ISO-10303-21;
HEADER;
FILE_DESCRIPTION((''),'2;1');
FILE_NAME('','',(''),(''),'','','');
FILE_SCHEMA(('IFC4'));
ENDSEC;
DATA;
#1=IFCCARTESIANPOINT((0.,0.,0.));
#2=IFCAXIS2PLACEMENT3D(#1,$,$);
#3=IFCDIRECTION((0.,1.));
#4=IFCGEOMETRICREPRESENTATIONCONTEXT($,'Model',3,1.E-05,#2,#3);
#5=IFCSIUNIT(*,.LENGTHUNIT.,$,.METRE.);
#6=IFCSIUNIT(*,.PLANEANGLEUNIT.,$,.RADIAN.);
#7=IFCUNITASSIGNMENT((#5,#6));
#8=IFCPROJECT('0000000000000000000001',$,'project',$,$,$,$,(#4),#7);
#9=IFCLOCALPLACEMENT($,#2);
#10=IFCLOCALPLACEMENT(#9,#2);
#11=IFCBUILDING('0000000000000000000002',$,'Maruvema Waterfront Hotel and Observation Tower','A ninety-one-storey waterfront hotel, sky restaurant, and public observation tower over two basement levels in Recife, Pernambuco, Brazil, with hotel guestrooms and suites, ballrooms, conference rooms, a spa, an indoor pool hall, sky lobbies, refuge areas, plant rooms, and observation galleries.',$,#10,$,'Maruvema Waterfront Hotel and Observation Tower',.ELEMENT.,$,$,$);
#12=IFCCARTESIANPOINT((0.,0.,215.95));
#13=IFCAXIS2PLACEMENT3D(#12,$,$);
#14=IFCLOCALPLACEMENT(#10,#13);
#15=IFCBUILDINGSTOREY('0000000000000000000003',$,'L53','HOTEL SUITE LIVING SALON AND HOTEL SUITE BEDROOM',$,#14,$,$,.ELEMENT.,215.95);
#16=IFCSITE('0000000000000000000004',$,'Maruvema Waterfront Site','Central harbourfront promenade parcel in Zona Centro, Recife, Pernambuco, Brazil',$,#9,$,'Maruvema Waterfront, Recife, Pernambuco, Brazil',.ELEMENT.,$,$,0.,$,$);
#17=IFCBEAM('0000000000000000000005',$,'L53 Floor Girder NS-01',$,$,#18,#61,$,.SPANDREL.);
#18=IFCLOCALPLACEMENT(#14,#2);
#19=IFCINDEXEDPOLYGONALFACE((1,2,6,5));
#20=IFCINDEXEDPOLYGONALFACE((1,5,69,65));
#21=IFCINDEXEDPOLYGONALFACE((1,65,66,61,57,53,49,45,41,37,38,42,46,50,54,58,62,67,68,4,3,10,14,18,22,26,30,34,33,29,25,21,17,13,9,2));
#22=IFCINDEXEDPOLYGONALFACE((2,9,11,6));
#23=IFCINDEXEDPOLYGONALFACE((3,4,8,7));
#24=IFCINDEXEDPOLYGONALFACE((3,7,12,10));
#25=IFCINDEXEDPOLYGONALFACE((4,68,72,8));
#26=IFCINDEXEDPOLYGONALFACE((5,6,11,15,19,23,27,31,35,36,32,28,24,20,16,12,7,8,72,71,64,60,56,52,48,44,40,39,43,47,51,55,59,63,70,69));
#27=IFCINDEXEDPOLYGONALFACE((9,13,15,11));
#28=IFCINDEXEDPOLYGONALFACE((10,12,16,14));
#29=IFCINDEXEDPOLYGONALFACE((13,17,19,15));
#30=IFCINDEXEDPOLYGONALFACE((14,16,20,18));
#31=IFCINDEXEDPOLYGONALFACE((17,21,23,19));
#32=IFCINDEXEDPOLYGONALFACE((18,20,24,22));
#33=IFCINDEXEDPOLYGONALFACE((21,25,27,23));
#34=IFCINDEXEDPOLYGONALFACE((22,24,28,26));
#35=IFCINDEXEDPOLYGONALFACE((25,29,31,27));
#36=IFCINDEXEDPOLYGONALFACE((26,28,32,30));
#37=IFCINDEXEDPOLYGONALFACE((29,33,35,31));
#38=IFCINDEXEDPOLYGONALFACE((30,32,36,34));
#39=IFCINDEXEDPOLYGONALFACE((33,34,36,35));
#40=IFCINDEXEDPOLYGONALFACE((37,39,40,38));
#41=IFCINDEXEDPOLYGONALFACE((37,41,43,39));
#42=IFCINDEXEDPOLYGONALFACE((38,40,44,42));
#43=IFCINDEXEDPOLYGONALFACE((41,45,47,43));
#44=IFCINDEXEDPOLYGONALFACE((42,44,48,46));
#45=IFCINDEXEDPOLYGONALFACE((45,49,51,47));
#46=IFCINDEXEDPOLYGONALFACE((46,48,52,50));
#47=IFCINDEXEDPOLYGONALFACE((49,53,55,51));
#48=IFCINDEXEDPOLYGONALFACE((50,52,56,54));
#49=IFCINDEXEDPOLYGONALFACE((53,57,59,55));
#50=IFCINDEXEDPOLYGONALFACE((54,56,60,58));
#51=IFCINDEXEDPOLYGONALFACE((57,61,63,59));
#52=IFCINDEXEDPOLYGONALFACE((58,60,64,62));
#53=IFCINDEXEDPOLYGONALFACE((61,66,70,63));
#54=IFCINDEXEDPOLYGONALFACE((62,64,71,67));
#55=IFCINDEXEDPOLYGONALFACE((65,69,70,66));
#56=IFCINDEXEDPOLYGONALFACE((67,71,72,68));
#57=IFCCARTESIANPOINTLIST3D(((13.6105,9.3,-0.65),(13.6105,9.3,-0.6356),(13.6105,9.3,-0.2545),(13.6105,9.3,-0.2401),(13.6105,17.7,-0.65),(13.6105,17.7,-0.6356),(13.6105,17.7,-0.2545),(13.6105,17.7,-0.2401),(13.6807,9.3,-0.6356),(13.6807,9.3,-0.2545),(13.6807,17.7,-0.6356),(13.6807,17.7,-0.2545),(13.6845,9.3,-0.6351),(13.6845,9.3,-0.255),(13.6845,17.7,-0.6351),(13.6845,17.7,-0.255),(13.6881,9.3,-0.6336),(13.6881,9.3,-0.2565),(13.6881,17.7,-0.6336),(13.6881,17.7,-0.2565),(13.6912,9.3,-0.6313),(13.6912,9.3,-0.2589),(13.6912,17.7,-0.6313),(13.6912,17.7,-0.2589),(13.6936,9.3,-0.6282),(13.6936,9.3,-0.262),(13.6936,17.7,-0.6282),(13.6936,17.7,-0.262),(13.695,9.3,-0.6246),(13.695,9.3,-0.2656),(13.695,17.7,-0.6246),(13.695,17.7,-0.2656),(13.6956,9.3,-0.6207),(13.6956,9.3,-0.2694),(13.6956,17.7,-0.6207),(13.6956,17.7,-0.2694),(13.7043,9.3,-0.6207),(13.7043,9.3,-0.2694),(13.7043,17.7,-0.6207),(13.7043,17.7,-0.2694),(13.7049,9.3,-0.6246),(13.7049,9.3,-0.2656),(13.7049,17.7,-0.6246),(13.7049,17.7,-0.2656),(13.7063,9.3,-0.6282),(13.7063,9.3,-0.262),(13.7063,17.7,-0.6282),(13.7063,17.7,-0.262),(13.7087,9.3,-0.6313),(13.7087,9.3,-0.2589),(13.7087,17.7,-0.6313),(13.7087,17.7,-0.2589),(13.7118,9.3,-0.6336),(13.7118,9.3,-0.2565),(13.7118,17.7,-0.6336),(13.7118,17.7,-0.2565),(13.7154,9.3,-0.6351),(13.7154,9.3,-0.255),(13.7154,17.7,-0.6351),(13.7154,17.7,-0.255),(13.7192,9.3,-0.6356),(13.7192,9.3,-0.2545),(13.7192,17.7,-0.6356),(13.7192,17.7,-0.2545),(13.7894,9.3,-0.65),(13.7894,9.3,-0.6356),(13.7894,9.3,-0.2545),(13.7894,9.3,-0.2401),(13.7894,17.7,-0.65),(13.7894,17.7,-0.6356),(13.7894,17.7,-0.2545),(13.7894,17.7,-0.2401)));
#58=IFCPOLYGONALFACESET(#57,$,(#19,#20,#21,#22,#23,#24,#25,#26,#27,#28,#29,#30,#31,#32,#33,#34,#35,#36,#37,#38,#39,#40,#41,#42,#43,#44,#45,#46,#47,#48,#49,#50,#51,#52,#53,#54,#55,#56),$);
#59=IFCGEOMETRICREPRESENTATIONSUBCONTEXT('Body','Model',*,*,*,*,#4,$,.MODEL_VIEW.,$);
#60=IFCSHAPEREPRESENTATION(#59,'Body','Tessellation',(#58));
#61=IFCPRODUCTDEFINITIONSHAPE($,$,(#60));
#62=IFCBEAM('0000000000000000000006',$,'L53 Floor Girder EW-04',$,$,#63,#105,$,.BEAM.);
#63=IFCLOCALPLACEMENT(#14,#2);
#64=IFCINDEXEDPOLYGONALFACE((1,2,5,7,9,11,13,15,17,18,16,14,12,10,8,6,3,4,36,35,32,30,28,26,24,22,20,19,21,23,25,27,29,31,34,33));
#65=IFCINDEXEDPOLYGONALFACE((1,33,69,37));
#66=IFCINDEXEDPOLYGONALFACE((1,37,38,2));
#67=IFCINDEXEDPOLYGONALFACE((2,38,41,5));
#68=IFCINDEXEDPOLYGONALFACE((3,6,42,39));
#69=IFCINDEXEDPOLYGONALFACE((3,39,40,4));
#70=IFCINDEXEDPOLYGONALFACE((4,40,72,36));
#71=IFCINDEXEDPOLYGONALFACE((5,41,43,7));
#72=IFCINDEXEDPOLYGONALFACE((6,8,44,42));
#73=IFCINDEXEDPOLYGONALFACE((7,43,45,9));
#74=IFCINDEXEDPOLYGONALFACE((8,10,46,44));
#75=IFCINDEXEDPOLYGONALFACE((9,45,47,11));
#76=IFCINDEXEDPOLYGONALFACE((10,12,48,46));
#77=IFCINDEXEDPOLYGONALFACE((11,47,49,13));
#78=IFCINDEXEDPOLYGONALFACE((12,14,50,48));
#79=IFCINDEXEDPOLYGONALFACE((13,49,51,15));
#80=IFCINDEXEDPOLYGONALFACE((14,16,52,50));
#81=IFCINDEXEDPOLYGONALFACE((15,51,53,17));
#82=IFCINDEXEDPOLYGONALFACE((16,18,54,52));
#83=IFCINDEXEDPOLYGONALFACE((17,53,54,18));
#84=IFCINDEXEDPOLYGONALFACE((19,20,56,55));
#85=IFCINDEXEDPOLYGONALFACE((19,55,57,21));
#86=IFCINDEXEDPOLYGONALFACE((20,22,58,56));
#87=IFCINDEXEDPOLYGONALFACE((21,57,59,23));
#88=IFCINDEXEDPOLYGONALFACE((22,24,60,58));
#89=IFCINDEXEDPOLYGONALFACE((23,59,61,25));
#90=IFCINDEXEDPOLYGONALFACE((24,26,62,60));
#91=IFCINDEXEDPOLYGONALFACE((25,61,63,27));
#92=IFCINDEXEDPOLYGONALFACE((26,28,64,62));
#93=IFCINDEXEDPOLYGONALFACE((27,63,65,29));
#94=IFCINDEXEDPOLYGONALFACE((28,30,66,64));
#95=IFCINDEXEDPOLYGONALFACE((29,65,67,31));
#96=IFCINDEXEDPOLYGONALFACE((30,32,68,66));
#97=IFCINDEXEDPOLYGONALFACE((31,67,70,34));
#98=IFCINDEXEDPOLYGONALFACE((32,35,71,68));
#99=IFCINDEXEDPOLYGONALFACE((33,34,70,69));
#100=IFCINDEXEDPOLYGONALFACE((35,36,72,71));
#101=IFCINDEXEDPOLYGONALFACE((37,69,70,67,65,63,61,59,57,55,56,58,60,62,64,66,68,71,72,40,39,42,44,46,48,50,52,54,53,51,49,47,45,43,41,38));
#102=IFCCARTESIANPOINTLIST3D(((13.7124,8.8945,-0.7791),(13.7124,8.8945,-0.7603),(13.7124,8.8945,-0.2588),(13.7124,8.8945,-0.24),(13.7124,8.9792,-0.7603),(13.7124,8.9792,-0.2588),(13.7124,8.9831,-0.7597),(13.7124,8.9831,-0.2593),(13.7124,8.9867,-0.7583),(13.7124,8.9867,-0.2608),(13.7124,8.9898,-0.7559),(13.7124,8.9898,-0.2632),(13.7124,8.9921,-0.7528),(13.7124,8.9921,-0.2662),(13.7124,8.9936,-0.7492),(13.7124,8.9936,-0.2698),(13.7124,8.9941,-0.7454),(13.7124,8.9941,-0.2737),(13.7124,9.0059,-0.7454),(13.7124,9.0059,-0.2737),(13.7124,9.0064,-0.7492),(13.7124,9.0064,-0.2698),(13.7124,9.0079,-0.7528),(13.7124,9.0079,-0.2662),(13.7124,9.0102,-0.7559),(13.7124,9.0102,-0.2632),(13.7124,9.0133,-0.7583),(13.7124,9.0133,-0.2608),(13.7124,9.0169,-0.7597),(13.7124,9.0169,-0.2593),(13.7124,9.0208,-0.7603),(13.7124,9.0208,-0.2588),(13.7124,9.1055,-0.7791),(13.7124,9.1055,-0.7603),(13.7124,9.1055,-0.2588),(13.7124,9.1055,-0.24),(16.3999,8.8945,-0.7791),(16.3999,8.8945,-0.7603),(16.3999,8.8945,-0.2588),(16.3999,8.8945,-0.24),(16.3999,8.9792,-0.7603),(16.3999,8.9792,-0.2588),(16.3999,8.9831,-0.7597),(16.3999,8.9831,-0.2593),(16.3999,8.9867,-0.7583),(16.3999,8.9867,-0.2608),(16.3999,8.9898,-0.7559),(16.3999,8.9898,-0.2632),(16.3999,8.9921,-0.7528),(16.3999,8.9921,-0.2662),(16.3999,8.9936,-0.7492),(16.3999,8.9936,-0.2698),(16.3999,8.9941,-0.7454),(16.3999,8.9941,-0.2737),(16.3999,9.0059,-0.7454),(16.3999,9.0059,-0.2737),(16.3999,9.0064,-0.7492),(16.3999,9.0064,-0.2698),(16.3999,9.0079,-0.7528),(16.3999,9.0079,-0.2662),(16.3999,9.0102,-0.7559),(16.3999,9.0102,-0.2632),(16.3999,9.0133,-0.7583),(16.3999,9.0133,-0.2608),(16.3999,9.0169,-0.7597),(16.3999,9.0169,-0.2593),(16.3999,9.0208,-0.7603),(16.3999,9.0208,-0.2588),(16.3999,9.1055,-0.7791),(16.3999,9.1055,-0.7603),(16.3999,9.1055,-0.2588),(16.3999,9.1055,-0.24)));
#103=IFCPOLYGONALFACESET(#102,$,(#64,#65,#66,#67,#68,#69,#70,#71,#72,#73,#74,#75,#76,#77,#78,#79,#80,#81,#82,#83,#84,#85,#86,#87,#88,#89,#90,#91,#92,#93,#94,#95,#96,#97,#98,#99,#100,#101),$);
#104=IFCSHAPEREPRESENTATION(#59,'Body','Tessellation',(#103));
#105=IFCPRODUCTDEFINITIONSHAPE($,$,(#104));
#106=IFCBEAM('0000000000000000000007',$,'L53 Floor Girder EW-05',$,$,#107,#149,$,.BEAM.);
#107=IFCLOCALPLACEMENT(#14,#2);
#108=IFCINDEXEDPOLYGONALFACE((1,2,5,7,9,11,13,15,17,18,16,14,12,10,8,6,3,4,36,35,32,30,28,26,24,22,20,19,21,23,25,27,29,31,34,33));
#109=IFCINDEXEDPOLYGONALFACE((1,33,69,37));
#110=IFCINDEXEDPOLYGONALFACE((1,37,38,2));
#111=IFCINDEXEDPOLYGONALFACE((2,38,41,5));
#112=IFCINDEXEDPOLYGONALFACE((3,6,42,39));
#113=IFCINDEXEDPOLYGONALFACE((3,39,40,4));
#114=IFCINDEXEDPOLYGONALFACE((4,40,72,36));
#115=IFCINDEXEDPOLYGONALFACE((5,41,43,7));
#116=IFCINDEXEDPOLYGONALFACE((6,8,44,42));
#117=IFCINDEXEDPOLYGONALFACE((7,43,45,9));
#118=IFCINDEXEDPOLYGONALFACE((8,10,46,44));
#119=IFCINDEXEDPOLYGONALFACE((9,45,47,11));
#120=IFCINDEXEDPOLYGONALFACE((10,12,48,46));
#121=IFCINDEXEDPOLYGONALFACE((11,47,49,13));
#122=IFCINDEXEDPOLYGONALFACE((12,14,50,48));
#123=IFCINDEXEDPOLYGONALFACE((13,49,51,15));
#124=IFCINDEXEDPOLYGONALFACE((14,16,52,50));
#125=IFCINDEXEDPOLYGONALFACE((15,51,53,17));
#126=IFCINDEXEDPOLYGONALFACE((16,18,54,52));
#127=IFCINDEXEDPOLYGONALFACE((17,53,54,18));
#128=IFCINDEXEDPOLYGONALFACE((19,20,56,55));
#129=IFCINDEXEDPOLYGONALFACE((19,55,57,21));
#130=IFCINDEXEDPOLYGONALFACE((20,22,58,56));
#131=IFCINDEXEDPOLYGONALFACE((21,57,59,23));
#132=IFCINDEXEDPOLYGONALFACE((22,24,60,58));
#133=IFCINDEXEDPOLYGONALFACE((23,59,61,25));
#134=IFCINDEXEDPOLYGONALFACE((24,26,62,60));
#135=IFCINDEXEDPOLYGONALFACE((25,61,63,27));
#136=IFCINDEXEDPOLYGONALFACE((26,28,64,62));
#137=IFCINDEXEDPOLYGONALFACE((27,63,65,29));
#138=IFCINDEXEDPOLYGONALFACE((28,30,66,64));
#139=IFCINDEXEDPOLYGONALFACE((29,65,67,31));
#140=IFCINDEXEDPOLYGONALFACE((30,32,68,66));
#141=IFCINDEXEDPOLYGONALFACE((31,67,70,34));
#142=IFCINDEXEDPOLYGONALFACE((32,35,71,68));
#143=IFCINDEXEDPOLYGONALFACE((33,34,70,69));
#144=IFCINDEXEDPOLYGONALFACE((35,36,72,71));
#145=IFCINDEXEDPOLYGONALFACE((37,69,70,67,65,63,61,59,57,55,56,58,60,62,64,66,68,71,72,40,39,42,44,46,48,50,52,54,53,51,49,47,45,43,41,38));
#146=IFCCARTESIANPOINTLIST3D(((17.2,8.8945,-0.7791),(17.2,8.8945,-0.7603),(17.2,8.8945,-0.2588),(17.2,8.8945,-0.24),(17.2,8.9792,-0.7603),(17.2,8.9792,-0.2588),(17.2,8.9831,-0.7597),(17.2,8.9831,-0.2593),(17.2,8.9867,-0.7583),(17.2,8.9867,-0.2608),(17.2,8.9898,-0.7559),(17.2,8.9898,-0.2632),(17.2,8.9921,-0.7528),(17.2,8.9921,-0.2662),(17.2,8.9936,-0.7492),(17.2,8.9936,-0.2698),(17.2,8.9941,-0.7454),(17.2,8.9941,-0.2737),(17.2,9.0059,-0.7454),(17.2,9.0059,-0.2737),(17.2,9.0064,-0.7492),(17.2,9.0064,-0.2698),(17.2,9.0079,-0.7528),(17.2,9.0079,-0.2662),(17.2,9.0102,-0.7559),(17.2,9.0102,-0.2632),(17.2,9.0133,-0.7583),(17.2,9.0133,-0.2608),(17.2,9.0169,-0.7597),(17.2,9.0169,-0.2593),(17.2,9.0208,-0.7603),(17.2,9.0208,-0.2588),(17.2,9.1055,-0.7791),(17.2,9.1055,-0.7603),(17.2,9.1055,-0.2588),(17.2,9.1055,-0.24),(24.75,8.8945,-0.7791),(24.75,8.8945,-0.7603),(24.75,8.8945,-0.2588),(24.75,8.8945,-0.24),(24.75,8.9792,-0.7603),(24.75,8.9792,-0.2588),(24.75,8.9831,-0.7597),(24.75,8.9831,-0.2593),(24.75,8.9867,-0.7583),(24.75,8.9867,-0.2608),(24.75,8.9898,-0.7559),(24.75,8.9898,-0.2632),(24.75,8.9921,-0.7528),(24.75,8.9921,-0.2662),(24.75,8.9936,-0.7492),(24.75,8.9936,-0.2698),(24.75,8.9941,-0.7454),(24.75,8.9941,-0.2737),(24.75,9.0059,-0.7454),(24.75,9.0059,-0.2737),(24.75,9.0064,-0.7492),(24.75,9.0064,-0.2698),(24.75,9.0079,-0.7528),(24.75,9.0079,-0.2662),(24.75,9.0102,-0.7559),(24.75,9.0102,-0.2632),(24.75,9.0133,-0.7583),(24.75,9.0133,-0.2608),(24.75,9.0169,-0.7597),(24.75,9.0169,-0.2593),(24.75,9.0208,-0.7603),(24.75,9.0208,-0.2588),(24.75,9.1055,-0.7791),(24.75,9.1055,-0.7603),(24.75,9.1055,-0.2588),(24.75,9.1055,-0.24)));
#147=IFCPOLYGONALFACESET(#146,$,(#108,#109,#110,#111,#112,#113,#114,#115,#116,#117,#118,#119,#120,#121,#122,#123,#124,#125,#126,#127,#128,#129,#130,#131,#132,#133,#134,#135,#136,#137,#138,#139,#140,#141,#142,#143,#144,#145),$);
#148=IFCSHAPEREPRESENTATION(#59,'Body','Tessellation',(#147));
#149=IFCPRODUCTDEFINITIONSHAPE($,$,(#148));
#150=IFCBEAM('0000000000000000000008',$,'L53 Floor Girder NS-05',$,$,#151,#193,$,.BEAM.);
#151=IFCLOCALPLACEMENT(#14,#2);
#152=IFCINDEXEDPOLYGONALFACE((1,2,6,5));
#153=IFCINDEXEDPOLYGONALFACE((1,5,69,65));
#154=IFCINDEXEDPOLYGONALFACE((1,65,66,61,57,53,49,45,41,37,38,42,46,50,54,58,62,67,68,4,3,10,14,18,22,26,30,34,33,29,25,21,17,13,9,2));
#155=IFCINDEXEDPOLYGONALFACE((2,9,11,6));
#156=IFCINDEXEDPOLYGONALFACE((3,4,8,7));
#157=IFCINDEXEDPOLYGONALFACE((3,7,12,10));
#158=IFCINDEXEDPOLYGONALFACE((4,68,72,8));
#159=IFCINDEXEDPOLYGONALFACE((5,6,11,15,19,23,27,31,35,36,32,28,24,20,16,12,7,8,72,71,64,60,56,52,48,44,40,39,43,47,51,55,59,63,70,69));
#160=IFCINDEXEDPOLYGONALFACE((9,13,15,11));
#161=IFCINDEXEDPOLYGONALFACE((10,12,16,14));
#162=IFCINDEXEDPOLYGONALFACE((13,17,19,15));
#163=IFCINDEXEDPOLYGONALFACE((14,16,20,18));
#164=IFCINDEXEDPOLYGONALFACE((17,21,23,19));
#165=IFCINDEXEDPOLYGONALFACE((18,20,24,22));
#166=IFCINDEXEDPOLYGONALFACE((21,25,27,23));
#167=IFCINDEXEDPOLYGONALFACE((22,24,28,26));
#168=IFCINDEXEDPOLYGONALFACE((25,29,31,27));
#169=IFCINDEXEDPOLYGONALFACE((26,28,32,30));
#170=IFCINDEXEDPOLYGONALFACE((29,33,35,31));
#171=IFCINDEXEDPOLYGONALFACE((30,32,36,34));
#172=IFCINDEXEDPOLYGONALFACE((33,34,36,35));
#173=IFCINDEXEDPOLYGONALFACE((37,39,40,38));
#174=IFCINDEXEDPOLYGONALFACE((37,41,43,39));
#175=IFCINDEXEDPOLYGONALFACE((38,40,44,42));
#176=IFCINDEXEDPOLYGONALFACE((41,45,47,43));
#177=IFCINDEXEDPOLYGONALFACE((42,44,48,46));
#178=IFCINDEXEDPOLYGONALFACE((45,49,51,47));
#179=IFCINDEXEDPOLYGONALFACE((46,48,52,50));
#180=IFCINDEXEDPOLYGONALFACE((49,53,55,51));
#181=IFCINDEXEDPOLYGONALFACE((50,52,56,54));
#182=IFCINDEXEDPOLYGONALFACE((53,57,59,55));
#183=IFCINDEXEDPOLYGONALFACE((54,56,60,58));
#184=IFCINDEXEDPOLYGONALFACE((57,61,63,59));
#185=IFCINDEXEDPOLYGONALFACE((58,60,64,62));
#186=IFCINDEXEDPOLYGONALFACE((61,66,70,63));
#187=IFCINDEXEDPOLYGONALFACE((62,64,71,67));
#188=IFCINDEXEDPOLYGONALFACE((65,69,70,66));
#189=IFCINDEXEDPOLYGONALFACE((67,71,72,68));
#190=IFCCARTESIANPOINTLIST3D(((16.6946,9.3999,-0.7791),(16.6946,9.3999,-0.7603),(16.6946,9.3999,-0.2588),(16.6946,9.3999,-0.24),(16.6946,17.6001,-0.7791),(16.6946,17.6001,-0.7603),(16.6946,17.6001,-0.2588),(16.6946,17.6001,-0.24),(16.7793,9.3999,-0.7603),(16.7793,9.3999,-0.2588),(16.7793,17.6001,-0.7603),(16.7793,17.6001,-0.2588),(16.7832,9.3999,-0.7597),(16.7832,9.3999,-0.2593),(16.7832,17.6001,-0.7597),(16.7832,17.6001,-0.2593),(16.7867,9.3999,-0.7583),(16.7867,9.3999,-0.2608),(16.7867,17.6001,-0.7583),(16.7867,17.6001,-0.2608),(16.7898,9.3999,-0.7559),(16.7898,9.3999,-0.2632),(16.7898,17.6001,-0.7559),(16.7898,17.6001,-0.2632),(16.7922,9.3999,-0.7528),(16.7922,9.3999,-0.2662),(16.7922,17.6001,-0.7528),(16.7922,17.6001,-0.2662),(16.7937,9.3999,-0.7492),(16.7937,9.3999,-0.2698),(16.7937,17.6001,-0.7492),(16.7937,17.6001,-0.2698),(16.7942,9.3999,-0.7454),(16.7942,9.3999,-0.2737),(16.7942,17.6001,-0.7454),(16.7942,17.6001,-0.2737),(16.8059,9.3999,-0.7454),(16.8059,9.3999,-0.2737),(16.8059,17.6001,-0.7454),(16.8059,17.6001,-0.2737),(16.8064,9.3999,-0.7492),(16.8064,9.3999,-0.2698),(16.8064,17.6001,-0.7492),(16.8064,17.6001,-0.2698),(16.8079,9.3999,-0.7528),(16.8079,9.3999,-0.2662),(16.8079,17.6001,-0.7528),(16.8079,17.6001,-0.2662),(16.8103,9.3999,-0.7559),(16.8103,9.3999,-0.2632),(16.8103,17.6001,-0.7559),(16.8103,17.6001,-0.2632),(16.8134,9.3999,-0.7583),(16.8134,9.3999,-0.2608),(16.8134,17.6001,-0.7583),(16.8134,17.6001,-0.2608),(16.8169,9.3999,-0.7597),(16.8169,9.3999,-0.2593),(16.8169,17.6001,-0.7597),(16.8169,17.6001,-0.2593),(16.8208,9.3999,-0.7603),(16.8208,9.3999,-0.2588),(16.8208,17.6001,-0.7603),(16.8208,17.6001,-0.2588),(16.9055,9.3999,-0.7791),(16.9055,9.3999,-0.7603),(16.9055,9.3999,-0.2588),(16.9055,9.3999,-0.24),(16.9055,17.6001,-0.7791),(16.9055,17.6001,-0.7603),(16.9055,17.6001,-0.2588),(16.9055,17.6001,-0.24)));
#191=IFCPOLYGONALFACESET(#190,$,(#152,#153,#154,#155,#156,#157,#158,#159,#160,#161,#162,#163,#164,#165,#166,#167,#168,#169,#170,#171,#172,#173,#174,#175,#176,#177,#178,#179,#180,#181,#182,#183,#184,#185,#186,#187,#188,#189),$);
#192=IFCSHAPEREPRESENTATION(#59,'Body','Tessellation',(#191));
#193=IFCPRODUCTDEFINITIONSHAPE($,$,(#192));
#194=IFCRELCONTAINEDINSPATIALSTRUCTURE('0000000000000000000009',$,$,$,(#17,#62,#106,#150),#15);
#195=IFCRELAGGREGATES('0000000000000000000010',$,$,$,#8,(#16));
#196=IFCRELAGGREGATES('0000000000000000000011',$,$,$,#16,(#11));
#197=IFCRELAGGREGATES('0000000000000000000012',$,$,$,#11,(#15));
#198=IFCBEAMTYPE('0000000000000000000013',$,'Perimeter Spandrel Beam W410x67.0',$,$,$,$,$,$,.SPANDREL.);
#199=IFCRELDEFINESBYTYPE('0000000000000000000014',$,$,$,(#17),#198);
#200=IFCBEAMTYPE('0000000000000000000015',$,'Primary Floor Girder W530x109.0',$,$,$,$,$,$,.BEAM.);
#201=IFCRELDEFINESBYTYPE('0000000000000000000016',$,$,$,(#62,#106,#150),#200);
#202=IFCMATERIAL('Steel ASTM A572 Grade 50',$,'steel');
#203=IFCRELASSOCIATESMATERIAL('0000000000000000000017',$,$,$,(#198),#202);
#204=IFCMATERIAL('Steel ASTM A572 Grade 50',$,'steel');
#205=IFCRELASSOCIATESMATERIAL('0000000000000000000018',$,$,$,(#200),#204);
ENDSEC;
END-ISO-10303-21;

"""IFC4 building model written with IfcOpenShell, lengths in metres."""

from ifc_helpers import new_model, si_unit, direction, frame, origin, origin_2d, place, context, subcontext, project, spatial, i_section, extrude, material, material_profile, profile_set, type_object, element, save


model = new_model("IFC4")

# Units and contexts
model_context = context("Model", 3, precision=1e-05, world=origin(), true_north=direction((0.0, 1.0)))
body_context = subcontext(model_context, "Body", "Model", "MODEL_VIEW")
ifc_project = project(units=[si_unit("LENGTHUNIT", "METRE"), si_unit("PLANEANGLEUNIT", "RADIAN")], contexts=[model_context])

# Site, building, storey
site_placement = place(None, origin())
site = spatial("IfcSite", under=ifc_project, at=site_placement, Name="Maruvema Waterfront Site", Description="Central harbourfront promenade parcel in Zona Centro, Recife, Pernambuco, Brazil", LongName="Maruvema Waterfront, Recife, Pernambuco, Brazil", CompositionType="ELEMENT", RefElevation=0.0)
building_placement = place(site_placement, origin())
building = spatial("IfcBuilding", under=site, at=building_placement, Name="Maruvema Waterfront Hotel and Observation Tower", Description="A ninety-one-storey waterfront hotel, sky restaurant, and public observation tower over two basement levels in Recife, Pernambuco, Brazil, with hotel guestrooms and suites, ballrooms, conference rooms, a spa, an indoor pool hall, sky lobbies, refuge areas, plant rooms, and observation galleries.", LongName="Maruvema Waterfront Hotel and Observation Tower", CompositionType="ELEMENT")
storey_placement = place(building_placement, frame((0.0, 0.0, 215.95)))
storey = spatial("IfcBuildingStorey", under=building, at=storey_placement, Name="L53", Description="HOTEL SUITE LIVING SALON AND HOTEL SUITE BEDROOM", CompositionType="ELEMENT", Elevation=215.95)

# Beams
ifc_material_1 = material(Name="Steel ASTM A572 Grade 50", Category="steel")
ifc_material_profile_1 = material_profile(ifc_material_1, i_section(OverallWidth=0.179, OverallDepth=0.4099, WebThickness=0.0088, FlangeThickness=0.0144, FilletRadius=0.0149, at=origin_2d()), Name="W410x67.0")
ifc_profile_set_1 = profile_set([ifc_material_profile_1], Name="Steel ASTM A572 Grade 50")
beam_type_1 = type_object("IfcBeamType", Name="Perimeter Spandrel Beam W410x67.0", PredefinedType="SPANDREL", material=ifc_profile_set_1)
beam_1_placement = place(storey_placement, frame((13.7, 9.3, -0.4451), z_axis=(0.0, 1.0, 0.0), x_axis=(-1.0, 0.0, 0.0)))
element("IfcBeam", 1, at=beam_1_placement, inside=storey, type_object=beam_type_1, Name="L53 Floor Girder NS-01", PredefinedType="SPANDREL", context=body_context, shape_type="SweptSolid", body=[
    extrude(i_section(OverallWidth=0.179, OverallDepth=0.4099, WebThickness=0.0088, FlangeThickness=0.0144, FilletRadius=0.0149, at=origin_2d()), origin(), (0.0, 0.0, 1.0), 8.3999),
])
ifc_material_2 = material(Name="Steel ASTM A572 Grade 50", Category="steel")
ifc_material_profile_2 = material_profile(ifc_material_2, i_section(OverallWidth=0.2109, OverallDepth=0.5391, WebThickness=0.0117, FlangeThickness=0.0188, FilletRadius=0.0149, at=origin_2d()), Name="W530x109.0")
ifc_profile_set_2 = profile_set([ifc_material_profile_2], Name="Steel ASTM A572 Grade 50")
beam_type_2 = type_object("IfcBeamType", Name="Primary Floor Girder W530x109.0", PredefinedType="BEAM", material=ifc_profile_set_2)
beam_2_placement = place(storey_placement, frame((13.7124, 9.0, -0.5095), z_axis=(1.0, 0.0, 0.0), x_axis=(0.0, 1.0, 0.0)))
element("IfcBeam", 2, at=beam_2_placement, inside=storey, type_object=beam_type_2, Name="L53 Floor Girder EW-04", PredefinedType="BEAM", context=body_context, shape_type="SweptSolid", body=[
    extrude(i_section(OverallWidth=0.2109, OverallDepth=0.5391, WebThickness=0.0117, FlangeThickness=0.0188, FilletRadius=0.0149, at=origin_2d()), origin(), (0.0, 0.0, 1.0), 2.6875),
])
beam_3_placement = place(storey_placement, frame((17.2, 9.0, -0.5095), z_axis=(1.0, 0.0, 0.0), x_axis=(0.0, 1.0, 0.0)))
element("IfcBeam", 3, at=beam_3_placement, inside=storey, type_object=beam_type_2, Name="L53 Floor Girder EW-05", PredefinedType="BEAM", context=body_context, shape_type="SweptSolid", body=[
    extrude(i_section(OverallWidth=0.2109, OverallDepth=0.5391, WebThickness=0.0117, FlangeThickness=0.0188, FilletRadius=0.0149, at=origin_2d()), origin(), (0.0, 0.0, 1.0), 7.55),
])
beam_4_placement = place(storey_placement, frame((16.8, 9.3999, -0.5095), z_axis=(0.0, 1.0, 0.0), x_axis=(-1.0, 0.0, 0.0)))
element("IfcBeam", 4, at=beam_4_placement, inside=storey, type_object=beam_type_2, Name="L53 Floor Girder NS-05", PredefinedType="BEAM", context=body_context, shape_type="SweptSolid", body=[
    extrude(i_section(OverallWidth=0.2109, OverallDepth=0.5391, WebThickness=0.0117, FlangeThickness=0.0188, FilletRadius=0.0149, at=origin_2d()), origin(), (0.0, 0.0, 1.0), 8.2002),
])

save(model, "model.ifc")
